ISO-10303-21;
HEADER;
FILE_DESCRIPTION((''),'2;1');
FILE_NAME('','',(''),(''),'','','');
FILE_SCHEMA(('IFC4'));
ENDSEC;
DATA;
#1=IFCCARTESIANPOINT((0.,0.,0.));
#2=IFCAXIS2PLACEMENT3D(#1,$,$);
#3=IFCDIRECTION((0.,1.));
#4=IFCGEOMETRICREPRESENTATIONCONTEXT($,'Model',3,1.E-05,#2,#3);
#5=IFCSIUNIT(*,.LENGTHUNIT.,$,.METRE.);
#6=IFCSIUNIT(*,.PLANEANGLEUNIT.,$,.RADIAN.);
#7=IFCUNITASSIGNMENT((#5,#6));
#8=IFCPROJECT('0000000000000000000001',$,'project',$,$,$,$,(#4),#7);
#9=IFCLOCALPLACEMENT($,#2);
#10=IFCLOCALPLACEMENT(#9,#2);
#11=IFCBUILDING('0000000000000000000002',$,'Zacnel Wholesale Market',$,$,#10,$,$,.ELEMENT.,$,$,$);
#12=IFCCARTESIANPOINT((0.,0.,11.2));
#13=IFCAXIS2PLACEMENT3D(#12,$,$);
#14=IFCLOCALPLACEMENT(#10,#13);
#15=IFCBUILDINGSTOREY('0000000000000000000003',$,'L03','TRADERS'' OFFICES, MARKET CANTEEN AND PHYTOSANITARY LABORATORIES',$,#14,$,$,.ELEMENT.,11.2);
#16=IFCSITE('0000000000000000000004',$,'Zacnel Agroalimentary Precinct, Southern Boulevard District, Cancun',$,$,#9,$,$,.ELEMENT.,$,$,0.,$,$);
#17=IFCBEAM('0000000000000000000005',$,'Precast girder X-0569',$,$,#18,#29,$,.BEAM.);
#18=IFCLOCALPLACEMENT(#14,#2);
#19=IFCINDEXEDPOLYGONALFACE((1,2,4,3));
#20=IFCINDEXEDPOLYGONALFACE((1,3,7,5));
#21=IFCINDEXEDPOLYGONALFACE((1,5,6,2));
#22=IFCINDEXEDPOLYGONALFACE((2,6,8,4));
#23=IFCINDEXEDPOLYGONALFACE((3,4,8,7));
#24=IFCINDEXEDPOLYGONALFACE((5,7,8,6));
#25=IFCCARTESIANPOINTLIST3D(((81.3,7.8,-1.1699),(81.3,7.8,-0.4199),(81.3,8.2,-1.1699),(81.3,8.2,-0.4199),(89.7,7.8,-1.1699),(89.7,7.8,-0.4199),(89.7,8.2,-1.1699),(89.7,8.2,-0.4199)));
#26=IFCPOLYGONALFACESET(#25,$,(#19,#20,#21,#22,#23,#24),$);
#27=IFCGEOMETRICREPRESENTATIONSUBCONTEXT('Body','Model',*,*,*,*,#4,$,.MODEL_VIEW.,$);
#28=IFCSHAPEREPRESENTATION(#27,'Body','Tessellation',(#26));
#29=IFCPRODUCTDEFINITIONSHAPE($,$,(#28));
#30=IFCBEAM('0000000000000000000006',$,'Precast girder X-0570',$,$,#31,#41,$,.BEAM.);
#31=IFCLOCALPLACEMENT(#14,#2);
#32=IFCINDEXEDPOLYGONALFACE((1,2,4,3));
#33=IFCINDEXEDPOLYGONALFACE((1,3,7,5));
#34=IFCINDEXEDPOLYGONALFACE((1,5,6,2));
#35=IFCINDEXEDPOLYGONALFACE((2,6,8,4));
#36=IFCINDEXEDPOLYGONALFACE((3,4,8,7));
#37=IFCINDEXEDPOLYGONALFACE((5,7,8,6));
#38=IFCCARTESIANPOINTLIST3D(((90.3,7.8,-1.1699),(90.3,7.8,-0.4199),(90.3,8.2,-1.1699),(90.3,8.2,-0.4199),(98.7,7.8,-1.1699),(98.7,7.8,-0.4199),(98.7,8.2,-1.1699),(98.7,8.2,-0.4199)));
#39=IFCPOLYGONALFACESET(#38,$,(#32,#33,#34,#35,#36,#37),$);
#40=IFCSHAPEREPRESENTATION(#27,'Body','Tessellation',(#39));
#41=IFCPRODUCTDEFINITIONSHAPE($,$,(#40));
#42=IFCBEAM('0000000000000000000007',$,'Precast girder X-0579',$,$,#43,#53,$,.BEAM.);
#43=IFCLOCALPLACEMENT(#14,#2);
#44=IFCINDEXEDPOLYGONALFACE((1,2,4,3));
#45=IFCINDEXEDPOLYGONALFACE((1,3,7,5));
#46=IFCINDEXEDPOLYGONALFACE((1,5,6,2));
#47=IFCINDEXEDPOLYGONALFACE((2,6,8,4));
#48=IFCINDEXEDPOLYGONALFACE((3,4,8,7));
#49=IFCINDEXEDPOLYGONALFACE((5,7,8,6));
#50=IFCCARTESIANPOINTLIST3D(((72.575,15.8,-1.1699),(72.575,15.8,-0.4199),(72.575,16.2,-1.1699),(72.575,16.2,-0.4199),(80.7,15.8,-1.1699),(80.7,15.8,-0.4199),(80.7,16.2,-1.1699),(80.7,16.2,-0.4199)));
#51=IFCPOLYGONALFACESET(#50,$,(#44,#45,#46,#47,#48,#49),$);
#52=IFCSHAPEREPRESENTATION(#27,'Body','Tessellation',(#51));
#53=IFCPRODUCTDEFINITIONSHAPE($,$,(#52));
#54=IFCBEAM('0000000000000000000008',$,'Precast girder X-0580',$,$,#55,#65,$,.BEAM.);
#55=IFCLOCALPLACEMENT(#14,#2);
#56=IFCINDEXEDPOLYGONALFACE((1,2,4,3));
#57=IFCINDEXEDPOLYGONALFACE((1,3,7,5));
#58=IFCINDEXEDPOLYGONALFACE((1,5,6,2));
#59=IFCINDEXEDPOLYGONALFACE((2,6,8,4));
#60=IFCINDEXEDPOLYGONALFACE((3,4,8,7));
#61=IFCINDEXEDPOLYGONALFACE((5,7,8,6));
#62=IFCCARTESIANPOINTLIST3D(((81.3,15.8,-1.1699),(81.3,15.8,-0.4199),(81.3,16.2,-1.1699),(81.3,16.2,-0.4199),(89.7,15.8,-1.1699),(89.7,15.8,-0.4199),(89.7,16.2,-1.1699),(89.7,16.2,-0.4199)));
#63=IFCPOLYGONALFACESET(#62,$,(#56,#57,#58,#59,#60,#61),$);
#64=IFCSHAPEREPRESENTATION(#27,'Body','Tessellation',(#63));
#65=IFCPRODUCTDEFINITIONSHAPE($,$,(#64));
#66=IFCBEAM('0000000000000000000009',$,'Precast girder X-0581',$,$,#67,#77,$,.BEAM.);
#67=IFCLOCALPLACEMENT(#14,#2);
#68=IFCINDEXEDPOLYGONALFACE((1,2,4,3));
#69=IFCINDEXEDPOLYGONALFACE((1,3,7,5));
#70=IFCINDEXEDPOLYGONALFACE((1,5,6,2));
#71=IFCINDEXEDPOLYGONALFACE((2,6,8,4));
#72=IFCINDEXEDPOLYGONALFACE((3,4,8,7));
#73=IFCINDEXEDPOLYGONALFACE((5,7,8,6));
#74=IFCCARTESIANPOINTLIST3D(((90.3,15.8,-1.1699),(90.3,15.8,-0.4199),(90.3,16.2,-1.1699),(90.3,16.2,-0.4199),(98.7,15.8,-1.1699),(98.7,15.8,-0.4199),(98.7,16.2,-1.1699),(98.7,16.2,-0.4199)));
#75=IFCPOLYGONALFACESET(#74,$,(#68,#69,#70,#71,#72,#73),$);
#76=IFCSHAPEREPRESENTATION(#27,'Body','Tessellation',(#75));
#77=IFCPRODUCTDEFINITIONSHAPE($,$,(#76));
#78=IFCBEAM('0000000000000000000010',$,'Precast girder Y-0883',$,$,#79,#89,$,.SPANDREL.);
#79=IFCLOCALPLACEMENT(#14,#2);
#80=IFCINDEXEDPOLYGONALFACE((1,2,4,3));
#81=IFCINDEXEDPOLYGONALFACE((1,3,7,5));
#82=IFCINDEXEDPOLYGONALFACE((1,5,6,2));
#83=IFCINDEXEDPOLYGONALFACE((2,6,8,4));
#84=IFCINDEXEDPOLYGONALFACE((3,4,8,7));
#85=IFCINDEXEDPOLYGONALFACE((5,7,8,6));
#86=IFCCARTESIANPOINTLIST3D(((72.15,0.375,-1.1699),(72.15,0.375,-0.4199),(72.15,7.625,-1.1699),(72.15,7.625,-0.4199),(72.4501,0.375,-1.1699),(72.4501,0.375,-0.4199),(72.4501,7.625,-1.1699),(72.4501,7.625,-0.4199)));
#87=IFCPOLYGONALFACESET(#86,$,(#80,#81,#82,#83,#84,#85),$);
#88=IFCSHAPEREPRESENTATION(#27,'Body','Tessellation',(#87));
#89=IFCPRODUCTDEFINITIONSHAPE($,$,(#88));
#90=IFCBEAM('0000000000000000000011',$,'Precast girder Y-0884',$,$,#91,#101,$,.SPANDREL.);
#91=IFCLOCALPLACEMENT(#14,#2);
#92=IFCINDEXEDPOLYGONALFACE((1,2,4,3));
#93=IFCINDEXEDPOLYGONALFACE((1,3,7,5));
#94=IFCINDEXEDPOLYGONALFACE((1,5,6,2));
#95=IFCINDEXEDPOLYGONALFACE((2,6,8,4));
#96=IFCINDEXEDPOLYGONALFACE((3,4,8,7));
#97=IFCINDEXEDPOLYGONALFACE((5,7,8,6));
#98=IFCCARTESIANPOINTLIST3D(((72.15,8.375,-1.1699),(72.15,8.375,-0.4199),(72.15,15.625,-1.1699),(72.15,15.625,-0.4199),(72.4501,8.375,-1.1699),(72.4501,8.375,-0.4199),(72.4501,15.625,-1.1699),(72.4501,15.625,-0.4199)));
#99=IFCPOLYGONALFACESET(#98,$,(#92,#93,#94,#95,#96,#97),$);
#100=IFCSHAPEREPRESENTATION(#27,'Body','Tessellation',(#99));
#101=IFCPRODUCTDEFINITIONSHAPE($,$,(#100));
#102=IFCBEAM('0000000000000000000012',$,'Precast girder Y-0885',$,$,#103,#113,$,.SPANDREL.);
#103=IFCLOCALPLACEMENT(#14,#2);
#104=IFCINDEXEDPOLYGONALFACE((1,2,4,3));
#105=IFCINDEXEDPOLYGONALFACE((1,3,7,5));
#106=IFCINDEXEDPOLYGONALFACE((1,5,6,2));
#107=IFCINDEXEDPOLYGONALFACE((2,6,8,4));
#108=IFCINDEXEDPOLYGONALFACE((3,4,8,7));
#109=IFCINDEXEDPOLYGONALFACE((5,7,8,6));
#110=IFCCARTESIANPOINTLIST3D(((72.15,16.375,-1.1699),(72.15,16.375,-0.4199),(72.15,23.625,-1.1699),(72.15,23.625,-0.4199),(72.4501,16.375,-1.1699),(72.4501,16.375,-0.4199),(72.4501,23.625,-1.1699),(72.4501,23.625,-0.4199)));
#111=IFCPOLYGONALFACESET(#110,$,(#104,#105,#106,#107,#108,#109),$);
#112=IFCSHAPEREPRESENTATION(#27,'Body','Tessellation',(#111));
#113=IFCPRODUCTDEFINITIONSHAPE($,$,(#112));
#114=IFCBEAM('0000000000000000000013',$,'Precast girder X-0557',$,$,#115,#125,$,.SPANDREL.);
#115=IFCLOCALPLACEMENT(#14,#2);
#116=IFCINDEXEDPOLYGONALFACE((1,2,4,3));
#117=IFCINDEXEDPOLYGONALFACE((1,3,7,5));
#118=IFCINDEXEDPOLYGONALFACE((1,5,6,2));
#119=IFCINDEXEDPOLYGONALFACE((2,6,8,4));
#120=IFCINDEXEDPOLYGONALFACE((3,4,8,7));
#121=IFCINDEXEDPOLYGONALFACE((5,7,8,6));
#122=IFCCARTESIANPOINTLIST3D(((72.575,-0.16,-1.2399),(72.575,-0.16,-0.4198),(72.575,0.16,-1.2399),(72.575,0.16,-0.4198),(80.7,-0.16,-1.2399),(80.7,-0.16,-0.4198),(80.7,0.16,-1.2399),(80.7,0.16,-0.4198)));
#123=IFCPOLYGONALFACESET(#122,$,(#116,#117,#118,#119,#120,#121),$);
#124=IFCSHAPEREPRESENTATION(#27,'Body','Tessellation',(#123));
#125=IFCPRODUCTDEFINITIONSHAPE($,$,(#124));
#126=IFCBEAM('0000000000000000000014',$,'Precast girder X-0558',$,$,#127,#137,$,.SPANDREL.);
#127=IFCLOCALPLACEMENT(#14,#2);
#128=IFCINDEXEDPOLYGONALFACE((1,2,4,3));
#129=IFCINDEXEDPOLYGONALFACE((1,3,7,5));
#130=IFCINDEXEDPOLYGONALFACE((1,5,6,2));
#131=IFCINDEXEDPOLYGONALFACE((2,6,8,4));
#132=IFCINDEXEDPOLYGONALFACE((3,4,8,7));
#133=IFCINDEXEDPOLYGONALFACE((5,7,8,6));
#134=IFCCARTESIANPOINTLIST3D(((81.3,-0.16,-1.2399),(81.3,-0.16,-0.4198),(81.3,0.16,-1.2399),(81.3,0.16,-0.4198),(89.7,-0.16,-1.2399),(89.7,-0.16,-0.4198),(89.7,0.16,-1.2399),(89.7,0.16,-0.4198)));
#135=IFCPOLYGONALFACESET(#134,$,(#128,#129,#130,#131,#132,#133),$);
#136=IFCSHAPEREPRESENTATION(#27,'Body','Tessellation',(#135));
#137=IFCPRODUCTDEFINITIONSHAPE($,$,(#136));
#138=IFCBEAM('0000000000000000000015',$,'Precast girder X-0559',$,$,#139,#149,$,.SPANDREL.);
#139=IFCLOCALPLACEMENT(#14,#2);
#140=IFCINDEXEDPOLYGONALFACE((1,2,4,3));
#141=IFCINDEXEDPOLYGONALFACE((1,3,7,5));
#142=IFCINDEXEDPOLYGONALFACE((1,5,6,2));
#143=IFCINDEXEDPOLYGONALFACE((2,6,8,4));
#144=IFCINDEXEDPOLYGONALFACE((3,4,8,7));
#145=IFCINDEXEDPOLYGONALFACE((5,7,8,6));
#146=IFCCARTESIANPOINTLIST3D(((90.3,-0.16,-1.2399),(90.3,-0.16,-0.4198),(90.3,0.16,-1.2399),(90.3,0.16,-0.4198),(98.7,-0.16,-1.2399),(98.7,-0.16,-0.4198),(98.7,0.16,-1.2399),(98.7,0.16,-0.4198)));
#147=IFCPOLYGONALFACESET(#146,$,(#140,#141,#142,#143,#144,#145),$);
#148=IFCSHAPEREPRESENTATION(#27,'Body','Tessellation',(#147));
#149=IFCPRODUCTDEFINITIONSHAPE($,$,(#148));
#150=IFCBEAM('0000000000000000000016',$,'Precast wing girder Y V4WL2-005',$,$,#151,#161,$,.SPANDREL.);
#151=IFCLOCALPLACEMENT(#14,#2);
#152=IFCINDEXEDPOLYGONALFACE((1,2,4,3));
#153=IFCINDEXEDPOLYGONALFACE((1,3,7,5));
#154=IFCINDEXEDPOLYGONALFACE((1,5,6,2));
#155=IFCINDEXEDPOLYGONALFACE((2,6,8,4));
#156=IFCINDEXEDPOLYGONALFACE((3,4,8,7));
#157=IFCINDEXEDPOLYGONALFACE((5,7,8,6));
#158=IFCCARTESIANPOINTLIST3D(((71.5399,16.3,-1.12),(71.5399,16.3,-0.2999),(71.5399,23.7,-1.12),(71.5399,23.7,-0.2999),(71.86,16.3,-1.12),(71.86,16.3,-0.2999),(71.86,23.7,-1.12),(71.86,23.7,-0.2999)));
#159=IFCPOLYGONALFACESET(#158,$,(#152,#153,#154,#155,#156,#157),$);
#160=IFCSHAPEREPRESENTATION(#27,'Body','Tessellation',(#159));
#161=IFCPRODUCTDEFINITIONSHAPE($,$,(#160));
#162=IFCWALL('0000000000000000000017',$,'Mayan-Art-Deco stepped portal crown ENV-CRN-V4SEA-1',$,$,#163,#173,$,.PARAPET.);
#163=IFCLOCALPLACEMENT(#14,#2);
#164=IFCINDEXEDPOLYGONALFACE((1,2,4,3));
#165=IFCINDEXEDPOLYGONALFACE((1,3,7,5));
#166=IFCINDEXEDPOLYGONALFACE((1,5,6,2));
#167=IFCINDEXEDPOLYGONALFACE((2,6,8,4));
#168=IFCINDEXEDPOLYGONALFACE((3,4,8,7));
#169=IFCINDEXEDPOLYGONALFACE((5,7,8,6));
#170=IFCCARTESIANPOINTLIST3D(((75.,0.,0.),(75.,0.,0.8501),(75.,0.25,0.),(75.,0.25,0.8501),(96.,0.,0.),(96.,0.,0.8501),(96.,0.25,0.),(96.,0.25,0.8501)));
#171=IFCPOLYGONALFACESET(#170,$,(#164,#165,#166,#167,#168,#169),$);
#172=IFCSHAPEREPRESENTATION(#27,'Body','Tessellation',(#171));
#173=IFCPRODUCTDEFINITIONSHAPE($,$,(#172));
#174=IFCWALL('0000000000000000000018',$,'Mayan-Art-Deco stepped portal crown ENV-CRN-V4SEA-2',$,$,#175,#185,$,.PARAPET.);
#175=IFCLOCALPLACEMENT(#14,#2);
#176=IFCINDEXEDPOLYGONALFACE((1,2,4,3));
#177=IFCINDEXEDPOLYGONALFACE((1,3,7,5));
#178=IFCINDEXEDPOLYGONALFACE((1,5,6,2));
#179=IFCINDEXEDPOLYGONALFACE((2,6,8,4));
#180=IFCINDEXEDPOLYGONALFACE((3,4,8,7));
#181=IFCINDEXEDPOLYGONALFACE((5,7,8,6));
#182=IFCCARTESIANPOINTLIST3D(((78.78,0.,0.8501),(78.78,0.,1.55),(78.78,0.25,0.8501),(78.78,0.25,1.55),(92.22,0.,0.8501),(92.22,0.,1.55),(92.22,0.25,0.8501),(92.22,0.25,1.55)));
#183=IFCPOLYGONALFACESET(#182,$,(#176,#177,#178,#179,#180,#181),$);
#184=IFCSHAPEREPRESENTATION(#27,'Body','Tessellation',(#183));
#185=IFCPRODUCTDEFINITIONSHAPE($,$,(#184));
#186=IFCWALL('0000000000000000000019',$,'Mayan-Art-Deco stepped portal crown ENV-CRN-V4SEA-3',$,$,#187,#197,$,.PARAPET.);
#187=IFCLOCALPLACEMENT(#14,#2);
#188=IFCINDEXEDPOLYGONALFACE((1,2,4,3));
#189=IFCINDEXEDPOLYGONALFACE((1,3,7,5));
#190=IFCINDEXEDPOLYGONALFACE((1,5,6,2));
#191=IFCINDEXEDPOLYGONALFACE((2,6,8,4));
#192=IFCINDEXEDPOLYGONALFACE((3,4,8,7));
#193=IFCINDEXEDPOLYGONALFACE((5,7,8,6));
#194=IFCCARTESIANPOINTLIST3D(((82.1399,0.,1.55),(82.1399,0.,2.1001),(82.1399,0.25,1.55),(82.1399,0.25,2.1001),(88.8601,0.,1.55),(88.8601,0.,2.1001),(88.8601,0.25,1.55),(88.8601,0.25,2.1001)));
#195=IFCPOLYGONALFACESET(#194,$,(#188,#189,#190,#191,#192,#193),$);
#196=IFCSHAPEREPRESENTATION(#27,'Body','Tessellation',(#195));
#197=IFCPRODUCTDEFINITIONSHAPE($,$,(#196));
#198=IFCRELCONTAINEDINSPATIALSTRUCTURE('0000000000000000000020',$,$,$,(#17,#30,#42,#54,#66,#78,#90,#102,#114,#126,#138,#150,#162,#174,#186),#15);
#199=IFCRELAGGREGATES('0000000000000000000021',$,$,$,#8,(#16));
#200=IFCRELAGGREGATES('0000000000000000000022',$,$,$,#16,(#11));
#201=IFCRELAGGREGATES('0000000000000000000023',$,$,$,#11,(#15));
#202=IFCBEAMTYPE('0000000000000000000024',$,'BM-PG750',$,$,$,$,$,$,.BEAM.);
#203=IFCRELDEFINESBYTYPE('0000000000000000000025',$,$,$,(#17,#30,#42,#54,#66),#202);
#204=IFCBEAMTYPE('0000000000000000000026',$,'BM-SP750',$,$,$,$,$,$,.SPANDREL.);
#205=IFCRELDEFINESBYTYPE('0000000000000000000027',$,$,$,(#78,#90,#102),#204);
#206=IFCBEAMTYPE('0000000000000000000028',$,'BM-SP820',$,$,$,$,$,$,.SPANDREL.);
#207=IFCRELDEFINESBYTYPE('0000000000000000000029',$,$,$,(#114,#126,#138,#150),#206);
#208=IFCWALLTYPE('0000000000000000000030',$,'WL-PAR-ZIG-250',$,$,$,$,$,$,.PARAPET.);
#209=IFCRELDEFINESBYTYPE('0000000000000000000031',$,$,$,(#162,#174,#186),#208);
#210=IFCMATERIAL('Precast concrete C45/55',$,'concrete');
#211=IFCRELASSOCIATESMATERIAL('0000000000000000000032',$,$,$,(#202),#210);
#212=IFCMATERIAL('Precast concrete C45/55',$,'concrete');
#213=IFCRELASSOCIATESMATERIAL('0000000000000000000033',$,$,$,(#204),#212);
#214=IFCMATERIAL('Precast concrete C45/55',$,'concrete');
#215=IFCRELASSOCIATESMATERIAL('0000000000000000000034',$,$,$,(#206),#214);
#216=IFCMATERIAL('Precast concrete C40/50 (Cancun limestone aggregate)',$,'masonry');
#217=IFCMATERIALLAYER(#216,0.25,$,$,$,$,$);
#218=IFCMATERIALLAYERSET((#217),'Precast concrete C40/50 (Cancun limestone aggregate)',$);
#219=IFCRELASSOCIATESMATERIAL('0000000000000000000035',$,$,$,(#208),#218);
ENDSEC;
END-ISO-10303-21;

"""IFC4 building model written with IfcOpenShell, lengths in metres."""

from ifc_helpers import new_model, si_unit, direction, frame, frame_2d, origin, origin_2d, place, context, subcontext, project, spatial, rectangle, extrude, material, layer, layer_set, material_profile, profile_set, type_object, element, save


model = new_model("IFC4")

# Units and contexts
model_context = context("Model", 3, precision=1e-05, world=origin(), true_north=direction((0.0, 1.0)))
body_context = subcontext(model_context, "Body", "Model", "MODEL_VIEW")
ifc_project = project(units=[si_unit("LENGTHUNIT", "METRE"), si_unit("PLANEANGLEUNIT", "RADIAN")], contexts=[model_context])

# Site, building, storey
site_placement = place(None, origin())
site = spatial("IfcSite", under=ifc_project, at=site_placement, Name="Zacnel Agroalimentary Precinct, Southern Boulevard District, Cancun", CompositionType="ELEMENT", RefElevation=0.0)
building_placement = place(site_placement, origin())
building = spatial("IfcBuilding", under=site, at=building_placement, Name="Zacnel Wholesale Market", CompositionType="ELEMENT")
storey_placement = place(building_placement, frame((0.0, 0.0, 11.2)))
storey = spatial("IfcBuildingStorey", under=building, at=storey_placement, Name="L03", Description="TRADERS' OFFICES, MARKET CANTEEN AND PHYTOSANITARY LABORATORIES", CompositionType="ELEMENT", Elevation=11.2)

# Beams
ifc_material_1 = material(Name="Precast concrete C45/55", Category="concrete")
ifc_material_profile_1 = material_profile(ifc_material_1, rectangle(XDim=0.3999, YDim=0.75, at=origin_2d()), Name="PG 400x750")
ifc_profile_set_1 = profile_set([ifc_material_profile_1], Name="Precast concrete C45/55")
beam_type_1 = type_object("IfcBeamType", Name="BM-PG750", PredefinedType="BEAM", material=ifc_profile_set_1)
for number, where, z_axis, x_axis, name in (
    (1, (81.3, 8.0, -0.7949), (1.0, 0.0, 0.0), (0.0, 1.0, 0.0), "Precast girder X-0569"),
    (2, (90.3, 8.0, -0.7949), (1.0, 0.0, 0.0), (0.0, 1.0, 0.0), "Precast girder X-0570"),
):
    element("IfcBeam", number, at=place(storey_placement, frame(where, z_axis=z_axis, x_axis=x_axis)), inside=storey, type_object=beam_type_1, Name=name, PredefinedType="BEAM", context=body_context, shape_type="SweptSolid", body=[
        extrude(rectangle(XDim=0.3999, YDim=0.75, at=origin_2d()), origin(), (0.0, 0.0, 1.0), 8.3999),
    ])
beam_1_placement = place(storey_placement, frame((72.575, 16.0, -0.7949), z_axis=(1.0, 0.0, 0.0), x_axis=(0.0, 1.0, 0.0)))
element("IfcBeam", 3, at=beam_1_placement, inside=storey, type_object=beam_type_1, Name="Precast girder X-0579", PredefinedType="BEAM", context=body_context, shape_type="SweptSolid", body=[
    extrude(rectangle(XDim=0.3999, YDim=0.75, at=origin_2d()), origin(), (0.0, 0.0, 1.0), 8.125),
])
for number, where, z_axis, x_axis, name in (
    (4, (81.3, 16.0, -0.7949), (1.0, 0.0, 0.0), (0.0, 1.0, 0.0), "Precast girder X-0580"),
    (5, (90.3, 16.0, -0.7949), (1.0, 0.0, 0.0), (0.0, 1.0, 0.0), "Precast girder X-0581"),
):
    element("IfcBeam", number, at=place(storey_placement, frame(where, z_axis=z_axis, x_axis=x_axis)), inside=storey, type_object=beam_type_1, Name=name, PredefinedType="BEAM", context=body_context, shape_type="SweptSolid", body=[
        extrude(rectangle(XDim=0.3999, YDim=0.75, at=origin_2d()), origin(), (0.0, 0.0, 1.0), 8.3999),
    ])
ifc_material_2 = material(Name="Precast concrete C45/55", Category="concrete")
ifc_material_profile_2 = material_profile(ifc_material_2, rectangle(XDim=0.3, YDim=0.75, at=origin_2d()), Name="SP 300x750")
ifc_profile_set_2 = profile_set([ifc_material_profile_2], Name="Precast concrete C45/55")
beam_type_2 = type_object("IfcBeamType", Name="BM-SP750", PredefinedType="SPANDREL", material=ifc_profile_set_2)
for number, where, z_axis, x_axis, name in (
    (6, (72.3, 0.375, -0.7949), (0.0, 1.0, 0.0), (-1.0, 0.0, 0.0), "Precast girder Y-0883"),
    (7, (72.3, 8.375, -0.7949), (0.0, 1.0, 0.0), (-1.0, 0.0, 0.0), "Precast girder Y-0884"),
    (8, (72.3, 16.375, -0.7949), (0.0, 1.0, 0.0), (-1.0, 0.0, 0.0), "Precast girder Y-0885"),
):
    element("IfcBeam", number, at=place(storey_placement, frame(where, z_axis=z_axis, x_axis=x_axis)), inside=storey, type_object=beam_type_2, Name=name, PredefinedType="SPANDREL", context=body_context, shape_type="SweptSolid", body=[
        extrude(rectangle(XDim=0.3, YDim=0.75, at=origin_2d()), origin(), (0.0, 0.0, 1.0), 7.25),
    ])
ifc_material_3 = material(Name="Precast concrete C45/55", Category="concrete")
ifc_material_profile_3 = material_profile(ifc_material_3, rectangle(XDim=0.3201, YDim=0.8201, at=origin_2d()), Name="SP 320x820")
ifc_profile_set_3 = profile_set([ifc_material_profile_3], Name="Precast concrete C45/55")
beam_type_3 = type_object("IfcBeamType", Name="BM-SP820", PredefinedType="SPANDREL", material=ifc_profile_set_3)
beam_2_placement = place(storey_placement, frame((72.575, 0.0, -0.8298), z_axis=(1.0, 0.0, 0.0), x_axis=(0.0, 1.0, 0.0)))
element("IfcBeam", 9, at=beam_2_placement, inside=storey, type_object=beam_type_3, Name="Precast girder X-0557", PredefinedType="SPANDREL", context=body_context, shape_type="SweptSolid", body=[
    extrude(rectangle(XDim=0.3201, YDim=0.8201, at=origin_2d()), origin(), (0.0, 0.0, 1.0), 8.125),
])
for number, where, z_axis, x_axis, name in (
    (10, (81.3, 0.0, -0.8298), (1.0, 0.0, 0.0), (0.0, 1.0, 0.0), "Precast girder X-0558"),
    (11, (90.3, 0.0, -0.8298), (1.0, 0.0, 0.0), (0.0, 1.0, 0.0), "Precast girder X-0559"),
):
    element("IfcBeam", number, at=place(storey_placement, frame(where, z_axis=z_axis, x_axis=x_axis)), inside=storey, type_object=beam_type_3, Name=name, PredefinedType="SPANDREL", context=body_context, shape_type="SweptSolid", body=[
        extrude(rectangle(XDim=0.3201, YDim=0.8201, at=origin_2d()), origin(), (0.0, 0.0, 1.0), 8.3999),
    ])
beam_3_placement = place(storey_placement, frame((71.7, 16.3, -0.71), z_axis=(0.0, 1.0, 0.0), x_axis=(-1.0, 0.0, 0.0)))
element("IfcBeam", 12, at=beam_3_placement, inside=storey, type_object=beam_type_3, Name="Precast wing girder Y V4WL2-005", PredefinedType="SPANDREL", context=body_context, shape_type="SweptSolid", body=[
    extrude(rectangle(XDim=0.3201, YDim=0.8201, at=origin_2d()), origin(), (0.0, 0.0, 1.0), 7.3999),
])

# Walls
ifc_material_4 = material(Name="Precast concrete C40/50 (Cancun limestone aggregate)", Category="masonry")
ifc_layer_1 = layer(ifc_material_4, 0.25)
ifc_layer_set_1 = layer_set([ifc_layer_1], Name="Precast concrete C40/50 (Cancun limestone aggregate)")
wall_type = type_object("IfcWallType", Name="WL-PAR-ZIG-250", PredefinedType="PARAPET", material=ifc_layer_set_1)
wall_1_placement = place(storey_placement, frame((75.0, 0.125, 0.0), z_axis=(0.0, 0.0, 1.0), x_axis=(1.0, 0.0, 0.0)))
element("IfcWall", 13, at=wall_1_placement, inside=storey, type_object=wall_type, Name="Mayan-Art-Deco stepped portal crown ENV-CRN-V4SEA-1", PredefinedType="PARAPET", context=body_context, shape_type="SweptSolid", body=[
    extrude(rectangle(XDim=21.0, YDim=0.25, at=frame_2d((10.5, 0.0))), origin(), (0.0, 0.0, 1.0), 0.8501),
])
wall_2_placement = place(storey_placement, frame((78.78, 0.125, 0.8501), z_axis=(0.0, 0.0, 1.0), x_axis=(1.0, 0.0, 0.0)))
element("IfcWall", 14, at=wall_2_placement, inside=storey, type_object=wall_type, Name="Mayan-Art-Deco stepped portal crown ENV-CRN-V4SEA-2", PredefinedType="PARAPET", context=body_context, shape_type="SweptSolid", body=[
    extrude(rectangle(XDim=13.4399, YDim=0.25, at=frame_2d((6.72, 0.0))), origin(), (0.0, 0.0, 1.0), 0.7),
])
wall_3_placement = place(storey_placement, frame((82.1399, 0.125, 1.55), z_axis=(0.0, 0.0, 1.0), x_axis=(1.0, 0.0, 0.0)))
element("IfcWall", 15, at=wall_3_placement, inside=storey, type_object=wall_type, Name="Mayan-Art-Deco stepped portal crown ENV-CRN-V4SEA-3", PredefinedType="PARAPET", context=body_context, shape_type="SweptSolid", body=[
    extrude(rectangle(XDim=6.7202, YDim=0.25, at=frame_2d((3.3601, 0.0))), origin(), (0.0, 0.0, 1.0), 0.55),
])

save(model, "model.ifc")
